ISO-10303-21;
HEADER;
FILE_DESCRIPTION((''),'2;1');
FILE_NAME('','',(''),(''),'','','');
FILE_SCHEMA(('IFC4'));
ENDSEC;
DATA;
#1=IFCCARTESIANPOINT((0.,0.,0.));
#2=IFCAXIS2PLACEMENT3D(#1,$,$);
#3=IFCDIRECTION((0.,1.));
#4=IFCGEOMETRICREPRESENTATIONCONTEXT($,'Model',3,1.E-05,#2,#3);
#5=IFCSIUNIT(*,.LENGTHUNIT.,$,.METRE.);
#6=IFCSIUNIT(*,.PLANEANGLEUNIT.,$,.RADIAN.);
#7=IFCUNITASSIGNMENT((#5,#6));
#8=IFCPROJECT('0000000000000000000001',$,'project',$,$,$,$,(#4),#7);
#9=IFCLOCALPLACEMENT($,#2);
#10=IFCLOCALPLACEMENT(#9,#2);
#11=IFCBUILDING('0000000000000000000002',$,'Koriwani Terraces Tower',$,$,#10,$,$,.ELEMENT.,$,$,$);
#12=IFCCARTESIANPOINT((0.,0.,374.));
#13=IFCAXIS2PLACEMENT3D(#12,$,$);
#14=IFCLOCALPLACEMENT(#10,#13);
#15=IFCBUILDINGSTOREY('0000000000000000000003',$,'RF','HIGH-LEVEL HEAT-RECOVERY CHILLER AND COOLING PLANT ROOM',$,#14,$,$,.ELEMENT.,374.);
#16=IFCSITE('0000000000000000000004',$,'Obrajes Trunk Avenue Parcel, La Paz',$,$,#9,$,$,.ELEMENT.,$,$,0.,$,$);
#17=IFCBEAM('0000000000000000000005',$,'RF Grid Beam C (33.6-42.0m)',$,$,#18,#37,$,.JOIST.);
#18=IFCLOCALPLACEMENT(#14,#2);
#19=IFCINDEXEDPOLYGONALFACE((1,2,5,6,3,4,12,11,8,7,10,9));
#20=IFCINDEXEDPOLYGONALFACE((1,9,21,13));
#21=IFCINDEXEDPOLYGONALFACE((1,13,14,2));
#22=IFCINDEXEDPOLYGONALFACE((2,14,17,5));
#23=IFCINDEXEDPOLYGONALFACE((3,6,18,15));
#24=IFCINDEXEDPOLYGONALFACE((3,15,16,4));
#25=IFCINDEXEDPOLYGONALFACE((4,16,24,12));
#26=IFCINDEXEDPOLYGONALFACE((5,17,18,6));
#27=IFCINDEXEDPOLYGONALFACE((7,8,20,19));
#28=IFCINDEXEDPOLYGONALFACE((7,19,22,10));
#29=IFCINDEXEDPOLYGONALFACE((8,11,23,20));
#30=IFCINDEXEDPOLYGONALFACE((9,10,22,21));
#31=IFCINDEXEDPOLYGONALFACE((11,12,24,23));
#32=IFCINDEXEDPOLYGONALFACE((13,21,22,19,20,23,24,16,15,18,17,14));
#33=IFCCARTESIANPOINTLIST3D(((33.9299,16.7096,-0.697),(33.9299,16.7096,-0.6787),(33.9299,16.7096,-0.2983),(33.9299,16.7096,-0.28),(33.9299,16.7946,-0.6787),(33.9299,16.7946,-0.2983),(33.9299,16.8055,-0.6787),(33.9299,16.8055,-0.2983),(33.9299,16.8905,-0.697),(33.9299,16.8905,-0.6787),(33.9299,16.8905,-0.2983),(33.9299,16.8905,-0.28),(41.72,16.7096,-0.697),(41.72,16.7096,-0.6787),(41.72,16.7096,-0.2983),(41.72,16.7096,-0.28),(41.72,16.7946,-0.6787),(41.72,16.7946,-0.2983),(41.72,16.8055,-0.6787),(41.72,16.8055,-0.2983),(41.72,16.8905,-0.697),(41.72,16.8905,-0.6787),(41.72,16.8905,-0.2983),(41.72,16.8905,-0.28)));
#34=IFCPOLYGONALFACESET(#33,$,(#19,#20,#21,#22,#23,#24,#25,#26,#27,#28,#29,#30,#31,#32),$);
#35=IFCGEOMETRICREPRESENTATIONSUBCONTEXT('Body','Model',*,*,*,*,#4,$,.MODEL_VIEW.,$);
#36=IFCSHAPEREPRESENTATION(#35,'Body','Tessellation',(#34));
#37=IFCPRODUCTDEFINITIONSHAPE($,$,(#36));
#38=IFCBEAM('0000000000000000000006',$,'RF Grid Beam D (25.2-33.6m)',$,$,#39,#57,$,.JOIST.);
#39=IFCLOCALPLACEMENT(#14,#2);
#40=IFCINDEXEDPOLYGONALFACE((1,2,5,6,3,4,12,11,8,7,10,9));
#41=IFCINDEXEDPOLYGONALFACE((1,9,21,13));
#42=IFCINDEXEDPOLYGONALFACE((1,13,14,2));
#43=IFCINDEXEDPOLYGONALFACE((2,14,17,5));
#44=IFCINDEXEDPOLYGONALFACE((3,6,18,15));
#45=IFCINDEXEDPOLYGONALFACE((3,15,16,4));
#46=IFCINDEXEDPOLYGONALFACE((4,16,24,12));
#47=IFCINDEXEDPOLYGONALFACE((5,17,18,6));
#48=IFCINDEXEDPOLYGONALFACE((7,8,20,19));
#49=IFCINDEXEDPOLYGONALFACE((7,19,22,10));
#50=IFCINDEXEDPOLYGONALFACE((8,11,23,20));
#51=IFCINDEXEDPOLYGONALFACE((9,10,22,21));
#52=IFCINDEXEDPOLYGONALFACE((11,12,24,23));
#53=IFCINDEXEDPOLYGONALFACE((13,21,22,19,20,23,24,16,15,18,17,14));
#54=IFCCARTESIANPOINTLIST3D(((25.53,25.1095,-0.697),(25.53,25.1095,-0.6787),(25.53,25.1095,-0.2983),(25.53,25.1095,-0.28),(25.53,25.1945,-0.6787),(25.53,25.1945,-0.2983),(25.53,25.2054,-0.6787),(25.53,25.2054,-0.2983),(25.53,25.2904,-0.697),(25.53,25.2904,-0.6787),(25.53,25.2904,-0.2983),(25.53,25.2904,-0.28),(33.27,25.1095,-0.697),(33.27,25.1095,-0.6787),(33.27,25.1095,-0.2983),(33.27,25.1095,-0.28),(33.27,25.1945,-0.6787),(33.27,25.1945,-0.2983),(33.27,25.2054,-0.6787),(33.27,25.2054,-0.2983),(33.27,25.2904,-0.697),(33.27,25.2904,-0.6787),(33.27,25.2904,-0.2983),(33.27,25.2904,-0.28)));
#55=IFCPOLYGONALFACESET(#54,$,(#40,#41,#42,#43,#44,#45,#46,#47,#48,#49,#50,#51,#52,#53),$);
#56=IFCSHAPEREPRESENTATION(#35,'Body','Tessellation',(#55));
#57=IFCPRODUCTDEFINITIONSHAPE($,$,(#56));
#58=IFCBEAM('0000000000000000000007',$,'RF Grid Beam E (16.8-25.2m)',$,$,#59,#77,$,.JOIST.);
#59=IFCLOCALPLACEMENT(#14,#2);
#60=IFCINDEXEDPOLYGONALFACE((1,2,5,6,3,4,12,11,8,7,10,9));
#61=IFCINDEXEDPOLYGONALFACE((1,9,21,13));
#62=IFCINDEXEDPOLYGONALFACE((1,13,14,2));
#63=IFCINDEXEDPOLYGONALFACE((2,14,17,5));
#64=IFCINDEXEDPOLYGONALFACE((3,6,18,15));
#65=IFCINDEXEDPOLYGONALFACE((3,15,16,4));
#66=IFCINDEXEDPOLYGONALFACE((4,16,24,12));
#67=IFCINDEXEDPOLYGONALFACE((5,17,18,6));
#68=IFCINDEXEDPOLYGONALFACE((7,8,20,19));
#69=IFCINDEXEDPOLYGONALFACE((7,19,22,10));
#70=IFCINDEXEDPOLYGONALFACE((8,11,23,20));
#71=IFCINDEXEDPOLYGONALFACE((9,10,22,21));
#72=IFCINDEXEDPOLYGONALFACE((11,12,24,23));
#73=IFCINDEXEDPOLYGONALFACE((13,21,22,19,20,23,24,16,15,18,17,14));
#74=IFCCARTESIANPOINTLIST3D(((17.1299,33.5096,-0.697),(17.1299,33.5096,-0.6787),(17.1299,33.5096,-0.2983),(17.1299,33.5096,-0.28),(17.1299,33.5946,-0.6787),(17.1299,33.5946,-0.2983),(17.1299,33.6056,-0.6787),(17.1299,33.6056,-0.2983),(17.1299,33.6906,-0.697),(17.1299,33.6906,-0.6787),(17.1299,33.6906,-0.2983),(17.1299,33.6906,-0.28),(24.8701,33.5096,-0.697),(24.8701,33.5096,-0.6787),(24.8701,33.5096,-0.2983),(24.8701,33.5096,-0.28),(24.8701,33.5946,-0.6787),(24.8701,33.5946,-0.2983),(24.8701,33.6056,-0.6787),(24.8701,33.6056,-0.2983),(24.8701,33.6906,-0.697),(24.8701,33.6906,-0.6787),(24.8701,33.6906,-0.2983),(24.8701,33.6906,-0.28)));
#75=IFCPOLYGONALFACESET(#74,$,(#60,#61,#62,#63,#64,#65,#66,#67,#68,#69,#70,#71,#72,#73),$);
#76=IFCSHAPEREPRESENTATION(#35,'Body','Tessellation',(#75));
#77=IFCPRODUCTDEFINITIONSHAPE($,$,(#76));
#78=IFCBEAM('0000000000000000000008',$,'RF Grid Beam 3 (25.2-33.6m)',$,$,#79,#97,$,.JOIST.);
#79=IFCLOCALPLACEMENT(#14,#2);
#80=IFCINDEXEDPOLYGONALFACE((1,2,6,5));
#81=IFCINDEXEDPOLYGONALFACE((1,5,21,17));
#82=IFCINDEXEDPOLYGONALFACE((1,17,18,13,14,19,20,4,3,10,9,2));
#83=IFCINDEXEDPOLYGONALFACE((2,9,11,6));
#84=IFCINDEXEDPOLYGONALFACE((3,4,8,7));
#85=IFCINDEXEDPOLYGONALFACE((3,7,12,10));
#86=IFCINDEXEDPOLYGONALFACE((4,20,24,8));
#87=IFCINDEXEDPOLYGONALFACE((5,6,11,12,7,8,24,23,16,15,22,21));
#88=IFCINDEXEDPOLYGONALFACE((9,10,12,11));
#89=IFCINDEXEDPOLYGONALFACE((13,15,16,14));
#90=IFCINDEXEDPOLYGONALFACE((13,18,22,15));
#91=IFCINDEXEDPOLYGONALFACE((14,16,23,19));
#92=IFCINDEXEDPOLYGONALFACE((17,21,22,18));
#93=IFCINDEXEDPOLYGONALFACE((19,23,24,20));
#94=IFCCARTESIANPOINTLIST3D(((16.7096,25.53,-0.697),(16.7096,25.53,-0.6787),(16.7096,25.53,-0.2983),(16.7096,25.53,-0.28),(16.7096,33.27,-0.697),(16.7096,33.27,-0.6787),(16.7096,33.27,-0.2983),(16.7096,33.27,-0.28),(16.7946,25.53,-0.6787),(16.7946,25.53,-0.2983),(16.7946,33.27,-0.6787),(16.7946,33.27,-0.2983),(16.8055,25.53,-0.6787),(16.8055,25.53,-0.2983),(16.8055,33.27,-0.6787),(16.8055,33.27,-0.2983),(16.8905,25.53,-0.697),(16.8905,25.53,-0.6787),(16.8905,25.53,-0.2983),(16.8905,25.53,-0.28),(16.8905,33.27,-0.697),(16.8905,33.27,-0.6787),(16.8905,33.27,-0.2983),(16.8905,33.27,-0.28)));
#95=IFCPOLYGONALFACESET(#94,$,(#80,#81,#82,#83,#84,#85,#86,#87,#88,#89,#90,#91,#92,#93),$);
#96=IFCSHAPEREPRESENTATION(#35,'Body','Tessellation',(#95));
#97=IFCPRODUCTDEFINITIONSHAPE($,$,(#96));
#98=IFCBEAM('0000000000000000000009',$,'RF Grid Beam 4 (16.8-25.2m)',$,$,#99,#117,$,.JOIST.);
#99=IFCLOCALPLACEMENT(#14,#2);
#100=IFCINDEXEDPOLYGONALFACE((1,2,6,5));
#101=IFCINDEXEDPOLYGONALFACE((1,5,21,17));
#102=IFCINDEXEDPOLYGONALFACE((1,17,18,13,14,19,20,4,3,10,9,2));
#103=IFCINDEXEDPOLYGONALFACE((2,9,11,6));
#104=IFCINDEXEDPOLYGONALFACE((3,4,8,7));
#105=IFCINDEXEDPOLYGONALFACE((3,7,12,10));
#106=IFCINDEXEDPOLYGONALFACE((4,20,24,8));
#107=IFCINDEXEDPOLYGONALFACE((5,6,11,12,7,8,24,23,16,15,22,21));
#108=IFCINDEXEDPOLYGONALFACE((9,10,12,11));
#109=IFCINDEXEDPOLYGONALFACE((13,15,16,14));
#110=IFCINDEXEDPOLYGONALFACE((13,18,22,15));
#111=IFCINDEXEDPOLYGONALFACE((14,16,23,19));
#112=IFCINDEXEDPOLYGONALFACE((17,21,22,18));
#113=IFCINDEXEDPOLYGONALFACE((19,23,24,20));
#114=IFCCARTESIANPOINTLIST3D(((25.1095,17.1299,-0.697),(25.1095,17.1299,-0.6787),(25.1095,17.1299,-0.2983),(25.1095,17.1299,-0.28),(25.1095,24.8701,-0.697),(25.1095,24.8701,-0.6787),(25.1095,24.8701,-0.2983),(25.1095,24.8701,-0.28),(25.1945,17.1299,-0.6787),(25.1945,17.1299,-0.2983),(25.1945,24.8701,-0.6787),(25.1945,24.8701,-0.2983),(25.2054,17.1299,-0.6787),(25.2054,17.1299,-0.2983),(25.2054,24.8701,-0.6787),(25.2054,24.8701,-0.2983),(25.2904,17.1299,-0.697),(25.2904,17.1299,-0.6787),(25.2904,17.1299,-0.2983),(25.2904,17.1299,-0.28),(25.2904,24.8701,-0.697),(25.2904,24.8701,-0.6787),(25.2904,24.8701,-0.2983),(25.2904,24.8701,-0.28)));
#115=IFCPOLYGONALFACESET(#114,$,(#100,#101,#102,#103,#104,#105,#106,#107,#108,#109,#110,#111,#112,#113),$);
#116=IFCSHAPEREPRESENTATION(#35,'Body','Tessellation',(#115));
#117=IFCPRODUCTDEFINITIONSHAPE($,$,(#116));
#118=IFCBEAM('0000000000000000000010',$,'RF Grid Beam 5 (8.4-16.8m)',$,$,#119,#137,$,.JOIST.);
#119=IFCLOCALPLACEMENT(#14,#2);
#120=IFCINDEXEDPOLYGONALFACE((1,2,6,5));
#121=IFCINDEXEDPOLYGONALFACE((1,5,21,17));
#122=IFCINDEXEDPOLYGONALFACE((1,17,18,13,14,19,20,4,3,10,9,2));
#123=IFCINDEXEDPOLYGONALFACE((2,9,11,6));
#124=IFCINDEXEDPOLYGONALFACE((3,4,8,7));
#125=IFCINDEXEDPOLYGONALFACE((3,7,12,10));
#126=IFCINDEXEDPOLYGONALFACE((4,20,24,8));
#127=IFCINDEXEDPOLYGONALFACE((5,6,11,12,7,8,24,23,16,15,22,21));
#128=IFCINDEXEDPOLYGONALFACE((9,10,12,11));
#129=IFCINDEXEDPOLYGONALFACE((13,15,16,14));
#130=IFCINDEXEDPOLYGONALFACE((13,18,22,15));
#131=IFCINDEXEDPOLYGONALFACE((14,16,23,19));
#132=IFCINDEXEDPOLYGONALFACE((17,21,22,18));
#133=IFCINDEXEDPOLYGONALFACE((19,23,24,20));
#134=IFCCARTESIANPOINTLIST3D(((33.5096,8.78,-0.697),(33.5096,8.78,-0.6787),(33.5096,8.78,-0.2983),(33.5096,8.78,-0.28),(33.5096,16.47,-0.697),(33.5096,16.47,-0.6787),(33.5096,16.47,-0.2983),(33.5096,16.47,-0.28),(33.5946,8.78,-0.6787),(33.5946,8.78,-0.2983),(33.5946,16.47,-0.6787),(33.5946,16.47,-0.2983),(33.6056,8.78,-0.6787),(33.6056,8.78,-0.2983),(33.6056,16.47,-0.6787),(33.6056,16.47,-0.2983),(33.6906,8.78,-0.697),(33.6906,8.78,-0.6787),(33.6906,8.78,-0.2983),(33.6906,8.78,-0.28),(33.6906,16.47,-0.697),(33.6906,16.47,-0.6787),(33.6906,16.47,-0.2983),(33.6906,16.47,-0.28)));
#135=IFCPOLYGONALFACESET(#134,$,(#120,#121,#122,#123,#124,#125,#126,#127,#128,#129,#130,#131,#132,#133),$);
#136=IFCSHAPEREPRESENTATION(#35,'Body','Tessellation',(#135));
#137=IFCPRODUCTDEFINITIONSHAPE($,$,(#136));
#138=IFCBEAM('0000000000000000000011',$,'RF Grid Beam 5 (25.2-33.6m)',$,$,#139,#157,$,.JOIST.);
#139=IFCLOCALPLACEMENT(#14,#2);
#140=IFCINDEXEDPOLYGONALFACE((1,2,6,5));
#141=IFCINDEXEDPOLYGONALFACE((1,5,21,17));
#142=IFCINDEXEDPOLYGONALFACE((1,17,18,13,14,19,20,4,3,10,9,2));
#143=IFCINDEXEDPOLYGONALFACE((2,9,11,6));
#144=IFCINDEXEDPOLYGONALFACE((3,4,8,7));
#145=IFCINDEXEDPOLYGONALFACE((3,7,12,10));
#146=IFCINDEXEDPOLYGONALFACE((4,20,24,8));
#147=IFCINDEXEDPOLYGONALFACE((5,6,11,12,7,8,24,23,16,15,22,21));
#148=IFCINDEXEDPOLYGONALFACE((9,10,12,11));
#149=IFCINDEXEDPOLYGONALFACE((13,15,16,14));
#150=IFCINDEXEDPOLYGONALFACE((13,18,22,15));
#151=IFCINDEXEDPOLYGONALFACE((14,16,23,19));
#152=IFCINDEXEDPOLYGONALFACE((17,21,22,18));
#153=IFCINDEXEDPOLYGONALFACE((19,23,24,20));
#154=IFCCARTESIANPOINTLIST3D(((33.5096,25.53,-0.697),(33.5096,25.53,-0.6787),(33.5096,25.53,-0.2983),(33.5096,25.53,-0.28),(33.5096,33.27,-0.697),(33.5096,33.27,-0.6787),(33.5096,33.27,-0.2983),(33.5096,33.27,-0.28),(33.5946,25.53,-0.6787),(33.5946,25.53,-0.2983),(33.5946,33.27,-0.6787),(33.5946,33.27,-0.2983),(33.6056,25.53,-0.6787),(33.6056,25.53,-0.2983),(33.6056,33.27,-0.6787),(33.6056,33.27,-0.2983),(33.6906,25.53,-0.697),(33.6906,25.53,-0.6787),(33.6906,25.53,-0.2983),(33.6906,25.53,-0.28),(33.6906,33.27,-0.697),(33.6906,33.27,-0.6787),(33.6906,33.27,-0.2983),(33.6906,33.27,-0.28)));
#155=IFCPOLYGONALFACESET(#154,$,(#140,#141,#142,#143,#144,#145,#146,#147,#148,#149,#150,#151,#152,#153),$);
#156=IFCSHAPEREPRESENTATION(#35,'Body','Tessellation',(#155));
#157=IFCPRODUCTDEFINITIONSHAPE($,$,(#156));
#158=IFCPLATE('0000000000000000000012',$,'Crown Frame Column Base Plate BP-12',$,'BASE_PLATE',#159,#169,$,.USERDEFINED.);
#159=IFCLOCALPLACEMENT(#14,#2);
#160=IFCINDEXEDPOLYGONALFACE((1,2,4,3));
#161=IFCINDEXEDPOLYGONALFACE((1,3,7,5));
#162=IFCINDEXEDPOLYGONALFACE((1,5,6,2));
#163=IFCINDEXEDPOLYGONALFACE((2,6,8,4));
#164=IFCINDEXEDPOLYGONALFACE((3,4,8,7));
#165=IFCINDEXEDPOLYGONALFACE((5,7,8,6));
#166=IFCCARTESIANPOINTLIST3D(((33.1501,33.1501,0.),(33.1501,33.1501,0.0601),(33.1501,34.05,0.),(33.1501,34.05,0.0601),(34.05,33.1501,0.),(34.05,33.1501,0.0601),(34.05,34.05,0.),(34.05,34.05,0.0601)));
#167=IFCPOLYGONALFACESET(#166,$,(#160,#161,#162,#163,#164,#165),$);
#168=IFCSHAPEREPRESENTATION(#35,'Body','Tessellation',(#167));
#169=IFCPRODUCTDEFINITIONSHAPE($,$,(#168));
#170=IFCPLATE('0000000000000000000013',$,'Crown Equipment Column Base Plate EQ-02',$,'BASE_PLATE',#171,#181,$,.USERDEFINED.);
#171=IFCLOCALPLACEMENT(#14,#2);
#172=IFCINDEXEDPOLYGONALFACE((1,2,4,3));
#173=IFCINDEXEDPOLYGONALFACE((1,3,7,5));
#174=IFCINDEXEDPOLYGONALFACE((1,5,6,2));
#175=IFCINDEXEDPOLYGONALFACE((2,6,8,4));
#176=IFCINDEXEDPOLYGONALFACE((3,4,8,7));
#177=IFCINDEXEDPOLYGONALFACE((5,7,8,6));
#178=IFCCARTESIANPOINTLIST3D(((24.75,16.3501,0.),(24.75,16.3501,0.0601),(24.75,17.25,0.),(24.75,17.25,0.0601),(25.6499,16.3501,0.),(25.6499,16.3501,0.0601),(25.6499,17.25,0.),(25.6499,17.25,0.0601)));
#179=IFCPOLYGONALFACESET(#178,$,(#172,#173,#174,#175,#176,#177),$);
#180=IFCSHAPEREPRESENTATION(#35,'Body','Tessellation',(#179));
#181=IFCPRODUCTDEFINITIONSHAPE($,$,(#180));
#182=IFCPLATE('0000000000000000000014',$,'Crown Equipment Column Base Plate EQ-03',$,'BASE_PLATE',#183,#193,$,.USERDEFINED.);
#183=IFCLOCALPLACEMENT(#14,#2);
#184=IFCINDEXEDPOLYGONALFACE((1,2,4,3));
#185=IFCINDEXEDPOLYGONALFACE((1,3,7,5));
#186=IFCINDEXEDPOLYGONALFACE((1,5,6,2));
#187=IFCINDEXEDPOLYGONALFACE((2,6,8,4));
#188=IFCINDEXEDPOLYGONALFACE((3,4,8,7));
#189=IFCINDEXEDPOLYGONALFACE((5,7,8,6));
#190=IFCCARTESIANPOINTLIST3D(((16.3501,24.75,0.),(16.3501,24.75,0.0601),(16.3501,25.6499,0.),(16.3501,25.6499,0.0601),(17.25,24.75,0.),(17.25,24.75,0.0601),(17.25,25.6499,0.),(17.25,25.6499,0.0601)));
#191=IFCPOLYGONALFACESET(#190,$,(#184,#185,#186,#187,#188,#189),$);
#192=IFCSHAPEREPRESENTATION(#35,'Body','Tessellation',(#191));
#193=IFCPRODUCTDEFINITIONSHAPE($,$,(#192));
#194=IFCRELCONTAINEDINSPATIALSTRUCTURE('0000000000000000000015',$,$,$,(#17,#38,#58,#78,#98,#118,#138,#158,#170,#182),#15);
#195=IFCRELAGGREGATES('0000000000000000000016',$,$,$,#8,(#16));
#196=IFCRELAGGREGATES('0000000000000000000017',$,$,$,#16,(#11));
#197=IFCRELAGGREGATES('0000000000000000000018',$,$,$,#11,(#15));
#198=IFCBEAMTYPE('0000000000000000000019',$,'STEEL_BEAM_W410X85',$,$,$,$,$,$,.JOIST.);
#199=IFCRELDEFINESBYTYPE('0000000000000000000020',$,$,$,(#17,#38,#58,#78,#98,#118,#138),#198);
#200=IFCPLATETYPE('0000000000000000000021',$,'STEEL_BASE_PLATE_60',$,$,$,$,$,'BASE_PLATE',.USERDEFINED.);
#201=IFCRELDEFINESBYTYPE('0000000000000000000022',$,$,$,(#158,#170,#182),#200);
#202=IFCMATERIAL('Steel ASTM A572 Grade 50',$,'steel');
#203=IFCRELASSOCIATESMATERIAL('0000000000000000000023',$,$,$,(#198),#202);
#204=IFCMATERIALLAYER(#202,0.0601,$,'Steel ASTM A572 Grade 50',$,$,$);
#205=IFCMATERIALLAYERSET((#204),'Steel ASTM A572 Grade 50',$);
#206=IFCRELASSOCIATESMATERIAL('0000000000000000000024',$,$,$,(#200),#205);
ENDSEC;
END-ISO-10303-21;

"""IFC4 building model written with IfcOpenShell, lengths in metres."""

from ifc_helpers import new_model, si_unit, direction, frame, origin, origin_2d, place, context, subcontext, project, spatial, rectangle, i_section, extrude, material, layer, layer_set, material_profile, profile_set, type_object, element, save


model = new_model("IFC4")

# Units and contexts
model_context = context("Model", 3, precision=1e-05, world=origin(), true_north=direction((0.0, 1.0)))
body_context = subcontext(model_context, "Body", "Model", "MODEL_VIEW")
ifc_project = project(units=[si_unit("LENGTHUNIT", "METRE"), si_unit("PLANEANGLEUNIT", "RADIAN")], contexts=[model_context])

# Site, building, storey
site_placement = place(None, origin())
site = spatial("IfcSite", under=ifc_project, at=site_placement, Name="Obrajes Trunk Avenue Parcel, La Paz", CompositionType="ELEMENT", RefElevation=0.0)
building_placement = place(site_placement, origin())
building = spatial("IfcBuilding", under=site, at=building_placement, Name="Koriwani Terraces Tower", CompositionType="ELEMENT")
storey_placement = place(building_placement, frame((0.0, 0.0, 374.0)))
storey = spatial("IfcBuildingStorey", under=building, at=storey_placement, Name="RF", Description="HIGH-LEVEL HEAT-RECOVERY CHILLER AND COOLING PLANT ROOM", CompositionType="ELEMENT", Elevation=374.0)

# Shared definitions
ifc_material_1 = material(Name="Steel ASTM A572 Grade 50", Category="steel")

# Beams
ifc_material_profile_1 = material_profile(ifc_material_1, i_section(OverallWidth=0.1809, OverallDepth=0.417, WebThickness=0.011, FlangeThickness=0.0183, at=origin_2d()), Name="Steel ASTM A572 Grade 50", Category="LoadBearing")
ifc_profile_set_1 = profile_set([ifc_material_profile_1], Name="Steel ASTM A572 Grade 50")
beam_type_1 = type_object("IfcBeamType", Name="STEEL_BEAM_W410X85", PredefinedType="JOIST", material=ifc_profile_set_1)
beam_1_placement = place(storey_placement, frame((33.9299, 16.8, -0.4885), z_axis=(1.0, 0.0, 0.0), x_axis=(0.0, 1.0, 0.0)))
element("IfcBeam", 1, at=beam_1_placement, inside=storey, type_object=beam_type_1, Name="RF Grid Beam C (33.6-42.0m)", PredefinedType="JOIST", context=body_context, shape_type="SweptSolid", body=[
    extrude(i_section(OverallWidth=0.1809, OverallDepth=0.417, WebThickness=0.011, FlangeThickness=0.0183, at=origin_2d()), origin(), (0.0, 0.0, 1.0), 7.79),
])
beam_2_placement = place(storey_placement, frame((25.53, 25.2, -0.4885), z_axis=(1.0, 0.0, 0.0), x_axis=(0.0, 1.0, 0.0)))
element("IfcBeam", 2, at=beam_2_placement, inside=storey, type_object=beam_type_1, Name="RF Grid Beam D (25.2-33.6m)", PredefinedType="JOIST", context=body_context, shape_type="SweptSolid", body=[
    extrude(i_section(OverallWidth=0.1809, OverallDepth=0.417, WebThickness=0.011, FlangeThickness=0.0183, at=origin_2d()), origin(), (0.0, 0.0, 1.0), 7.74),
])
beam_3_placement = place(storey_placement, frame((17.1299, 33.6001, -0.4885), z_axis=(1.0, 0.0, 0.0), x_axis=(0.0, 1.0, 0.0)))
element("IfcBeam", 3, at=beam_3_placement, inside=storey, type_object=beam_type_1, Name="RF Grid Beam E (16.8-25.2m)", PredefinedType="JOIST", context=body_context, shape_type="SweptSolid", body=[
    extrude(i_section(OverallWidth=0.1809, OverallDepth=0.417, WebThickness=0.011, FlangeThickness=0.0183, at=origin_2d()), origin(), (0.0, 0.0, 1.0), 7.7402),
])
beam_4_placement = place(storey_placement, frame((16.8, 25.53, -0.4885), z_axis=(0.0, 1.0, 0.0), x_axis=(-1.0, 0.0, 0.0)))
element("IfcBeam", 4, at=beam_4_placement, inside=storey, type_object=beam_type_1, Name="RF Grid Beam 3 (25.2-33.6m)", PredefinedType="JOIST", context=body_context, shape_type="SweptSolid", body=[
    extrude(i_section(OverallWidth=0.1809, OverallDepth=0.417, WebThickness=0.011, FlangeThickness=0.0183, at=origin_2d()), origin(), (0.0, 0.0, 1.0), 7.74),
])
beam_5_placement = place(storey_placement, frame((25.2, 17.1299, -0.4885), z_axis=(0.0, 1.0, 0.0), x_axis=(-1.0, 0.0, 0.0)))
element("IfcBeam", 5, at=beam_5_placement, inside=storey, type_object=beam_type_1, Name="RF Grid Beam 4 (16.8-25.2m)", PredefinedType="JOIST", context=body_context, shape_type="SweptSolid", body=[
    extrude(i_section(OverallWidth=0.1809, OverallDepth=0.417, WebThickness=0.011, FlangeThickness=0.0183, at=origin_2d()), origin(), (0.0, 0.0, 1.0), 7.7402),
])
beam_6_placement = place(storey_placement, frame((33.6001, 8.78, -0.4885), z_axis=(0.0, 1.0, 0.0), x_axis=(-1.0, 0.0, 0.0)))
element("IfcBeam", 6, at=beam_6_placement, inside=storey, type_object=beam_type_1, Name="RF Grid Beam 5 (8.4-16.8m)", PredefinedType="JOIST", context=body_context, shape_type="SweptSolid", body=[
    extrude(i_section(OverallWidth=0.1809, OverallDepth=0.417, WebThickness=0.011, FlangeThickness=0.0183, at=origin_2d()), origin(), (0.0, 0.0, 1.0), 7.6899),
])
beam_7_placement = place(storey_placement, frame((33.6001, 25.53, -0.4885), z_axis=(0.0, 1.0, 0.0), x_axis=(-1.0, 0.0, 0.0)))
element("IfcBeam", 7, at=beam_7_placement, inside=storey, type_object=beam_type_1, Name="RF Grid Beam 5 (25.2-33.6m)", PredefinedType="JOIST", context=body_context, shape_type="SweptSolid", body=[
    extrude(i_section(OverallWidth=0.1809, OverallDepth=0.417, WebThickness=0.011, FlangeThickness=0.0183, at=origin_2d()), origin(), (0.0, 0.0, 1.0), 7.74),
])

# Plates
ifc_layer_1 = layer(ifc_material_1, 0.0601, Name="Steel ASTM A572 Grade 50")
ifc_layer_set_1 = layer_set([ifc_layer_1], Name="Steel ASTM A572 Grade 50")
plate_type_1 = type_object("IfcPlateType", Name="STEEL_BASE_PLATE_60", ElementType="BASE_PLATE", PredefinedType="USERDEFINED", material=ifc_layer_set_1)
for number, where, z_axis, x_axis, name in (
    (8, (33.6001, 33.6001, 0.0), (0.0, 0.0, 1.0), (1.0, 0.0, 0.0), "Crown Frame Column Base Plate BP-12"),
    (9, (25.2, 16.8, 0.0), (0.0, 0.0, 1.0), (1.0, 0.0, 0.0), "Crown Equipment Column Base Plate EQ-02"),
    (10, (16.8, 25.2, 0.0), (0.0, 0.0, 1.0), (1.0, 0.0, 0.0), "Crown Equipment Column Base Plate EQ-03"),
):
    element("IfcPlate", number, at=place(storey_placement, frame(where, z_axis=z_axis, x_axis=x_axis)), inside=storey, type_object=plate_type_1, Name=name, ObjectType="BASE_PLATE", PredefinedType="USERDEFINED", context=body_context, shape_type="SweptSolid", body=[
        extrude(rectangle(XDim=0.8999, YDim=0.8999, at=origin_2d()), origin(), (0.0, 0.0, 1.0), 0.0601),
    ])

save(model, "model.ifc")
